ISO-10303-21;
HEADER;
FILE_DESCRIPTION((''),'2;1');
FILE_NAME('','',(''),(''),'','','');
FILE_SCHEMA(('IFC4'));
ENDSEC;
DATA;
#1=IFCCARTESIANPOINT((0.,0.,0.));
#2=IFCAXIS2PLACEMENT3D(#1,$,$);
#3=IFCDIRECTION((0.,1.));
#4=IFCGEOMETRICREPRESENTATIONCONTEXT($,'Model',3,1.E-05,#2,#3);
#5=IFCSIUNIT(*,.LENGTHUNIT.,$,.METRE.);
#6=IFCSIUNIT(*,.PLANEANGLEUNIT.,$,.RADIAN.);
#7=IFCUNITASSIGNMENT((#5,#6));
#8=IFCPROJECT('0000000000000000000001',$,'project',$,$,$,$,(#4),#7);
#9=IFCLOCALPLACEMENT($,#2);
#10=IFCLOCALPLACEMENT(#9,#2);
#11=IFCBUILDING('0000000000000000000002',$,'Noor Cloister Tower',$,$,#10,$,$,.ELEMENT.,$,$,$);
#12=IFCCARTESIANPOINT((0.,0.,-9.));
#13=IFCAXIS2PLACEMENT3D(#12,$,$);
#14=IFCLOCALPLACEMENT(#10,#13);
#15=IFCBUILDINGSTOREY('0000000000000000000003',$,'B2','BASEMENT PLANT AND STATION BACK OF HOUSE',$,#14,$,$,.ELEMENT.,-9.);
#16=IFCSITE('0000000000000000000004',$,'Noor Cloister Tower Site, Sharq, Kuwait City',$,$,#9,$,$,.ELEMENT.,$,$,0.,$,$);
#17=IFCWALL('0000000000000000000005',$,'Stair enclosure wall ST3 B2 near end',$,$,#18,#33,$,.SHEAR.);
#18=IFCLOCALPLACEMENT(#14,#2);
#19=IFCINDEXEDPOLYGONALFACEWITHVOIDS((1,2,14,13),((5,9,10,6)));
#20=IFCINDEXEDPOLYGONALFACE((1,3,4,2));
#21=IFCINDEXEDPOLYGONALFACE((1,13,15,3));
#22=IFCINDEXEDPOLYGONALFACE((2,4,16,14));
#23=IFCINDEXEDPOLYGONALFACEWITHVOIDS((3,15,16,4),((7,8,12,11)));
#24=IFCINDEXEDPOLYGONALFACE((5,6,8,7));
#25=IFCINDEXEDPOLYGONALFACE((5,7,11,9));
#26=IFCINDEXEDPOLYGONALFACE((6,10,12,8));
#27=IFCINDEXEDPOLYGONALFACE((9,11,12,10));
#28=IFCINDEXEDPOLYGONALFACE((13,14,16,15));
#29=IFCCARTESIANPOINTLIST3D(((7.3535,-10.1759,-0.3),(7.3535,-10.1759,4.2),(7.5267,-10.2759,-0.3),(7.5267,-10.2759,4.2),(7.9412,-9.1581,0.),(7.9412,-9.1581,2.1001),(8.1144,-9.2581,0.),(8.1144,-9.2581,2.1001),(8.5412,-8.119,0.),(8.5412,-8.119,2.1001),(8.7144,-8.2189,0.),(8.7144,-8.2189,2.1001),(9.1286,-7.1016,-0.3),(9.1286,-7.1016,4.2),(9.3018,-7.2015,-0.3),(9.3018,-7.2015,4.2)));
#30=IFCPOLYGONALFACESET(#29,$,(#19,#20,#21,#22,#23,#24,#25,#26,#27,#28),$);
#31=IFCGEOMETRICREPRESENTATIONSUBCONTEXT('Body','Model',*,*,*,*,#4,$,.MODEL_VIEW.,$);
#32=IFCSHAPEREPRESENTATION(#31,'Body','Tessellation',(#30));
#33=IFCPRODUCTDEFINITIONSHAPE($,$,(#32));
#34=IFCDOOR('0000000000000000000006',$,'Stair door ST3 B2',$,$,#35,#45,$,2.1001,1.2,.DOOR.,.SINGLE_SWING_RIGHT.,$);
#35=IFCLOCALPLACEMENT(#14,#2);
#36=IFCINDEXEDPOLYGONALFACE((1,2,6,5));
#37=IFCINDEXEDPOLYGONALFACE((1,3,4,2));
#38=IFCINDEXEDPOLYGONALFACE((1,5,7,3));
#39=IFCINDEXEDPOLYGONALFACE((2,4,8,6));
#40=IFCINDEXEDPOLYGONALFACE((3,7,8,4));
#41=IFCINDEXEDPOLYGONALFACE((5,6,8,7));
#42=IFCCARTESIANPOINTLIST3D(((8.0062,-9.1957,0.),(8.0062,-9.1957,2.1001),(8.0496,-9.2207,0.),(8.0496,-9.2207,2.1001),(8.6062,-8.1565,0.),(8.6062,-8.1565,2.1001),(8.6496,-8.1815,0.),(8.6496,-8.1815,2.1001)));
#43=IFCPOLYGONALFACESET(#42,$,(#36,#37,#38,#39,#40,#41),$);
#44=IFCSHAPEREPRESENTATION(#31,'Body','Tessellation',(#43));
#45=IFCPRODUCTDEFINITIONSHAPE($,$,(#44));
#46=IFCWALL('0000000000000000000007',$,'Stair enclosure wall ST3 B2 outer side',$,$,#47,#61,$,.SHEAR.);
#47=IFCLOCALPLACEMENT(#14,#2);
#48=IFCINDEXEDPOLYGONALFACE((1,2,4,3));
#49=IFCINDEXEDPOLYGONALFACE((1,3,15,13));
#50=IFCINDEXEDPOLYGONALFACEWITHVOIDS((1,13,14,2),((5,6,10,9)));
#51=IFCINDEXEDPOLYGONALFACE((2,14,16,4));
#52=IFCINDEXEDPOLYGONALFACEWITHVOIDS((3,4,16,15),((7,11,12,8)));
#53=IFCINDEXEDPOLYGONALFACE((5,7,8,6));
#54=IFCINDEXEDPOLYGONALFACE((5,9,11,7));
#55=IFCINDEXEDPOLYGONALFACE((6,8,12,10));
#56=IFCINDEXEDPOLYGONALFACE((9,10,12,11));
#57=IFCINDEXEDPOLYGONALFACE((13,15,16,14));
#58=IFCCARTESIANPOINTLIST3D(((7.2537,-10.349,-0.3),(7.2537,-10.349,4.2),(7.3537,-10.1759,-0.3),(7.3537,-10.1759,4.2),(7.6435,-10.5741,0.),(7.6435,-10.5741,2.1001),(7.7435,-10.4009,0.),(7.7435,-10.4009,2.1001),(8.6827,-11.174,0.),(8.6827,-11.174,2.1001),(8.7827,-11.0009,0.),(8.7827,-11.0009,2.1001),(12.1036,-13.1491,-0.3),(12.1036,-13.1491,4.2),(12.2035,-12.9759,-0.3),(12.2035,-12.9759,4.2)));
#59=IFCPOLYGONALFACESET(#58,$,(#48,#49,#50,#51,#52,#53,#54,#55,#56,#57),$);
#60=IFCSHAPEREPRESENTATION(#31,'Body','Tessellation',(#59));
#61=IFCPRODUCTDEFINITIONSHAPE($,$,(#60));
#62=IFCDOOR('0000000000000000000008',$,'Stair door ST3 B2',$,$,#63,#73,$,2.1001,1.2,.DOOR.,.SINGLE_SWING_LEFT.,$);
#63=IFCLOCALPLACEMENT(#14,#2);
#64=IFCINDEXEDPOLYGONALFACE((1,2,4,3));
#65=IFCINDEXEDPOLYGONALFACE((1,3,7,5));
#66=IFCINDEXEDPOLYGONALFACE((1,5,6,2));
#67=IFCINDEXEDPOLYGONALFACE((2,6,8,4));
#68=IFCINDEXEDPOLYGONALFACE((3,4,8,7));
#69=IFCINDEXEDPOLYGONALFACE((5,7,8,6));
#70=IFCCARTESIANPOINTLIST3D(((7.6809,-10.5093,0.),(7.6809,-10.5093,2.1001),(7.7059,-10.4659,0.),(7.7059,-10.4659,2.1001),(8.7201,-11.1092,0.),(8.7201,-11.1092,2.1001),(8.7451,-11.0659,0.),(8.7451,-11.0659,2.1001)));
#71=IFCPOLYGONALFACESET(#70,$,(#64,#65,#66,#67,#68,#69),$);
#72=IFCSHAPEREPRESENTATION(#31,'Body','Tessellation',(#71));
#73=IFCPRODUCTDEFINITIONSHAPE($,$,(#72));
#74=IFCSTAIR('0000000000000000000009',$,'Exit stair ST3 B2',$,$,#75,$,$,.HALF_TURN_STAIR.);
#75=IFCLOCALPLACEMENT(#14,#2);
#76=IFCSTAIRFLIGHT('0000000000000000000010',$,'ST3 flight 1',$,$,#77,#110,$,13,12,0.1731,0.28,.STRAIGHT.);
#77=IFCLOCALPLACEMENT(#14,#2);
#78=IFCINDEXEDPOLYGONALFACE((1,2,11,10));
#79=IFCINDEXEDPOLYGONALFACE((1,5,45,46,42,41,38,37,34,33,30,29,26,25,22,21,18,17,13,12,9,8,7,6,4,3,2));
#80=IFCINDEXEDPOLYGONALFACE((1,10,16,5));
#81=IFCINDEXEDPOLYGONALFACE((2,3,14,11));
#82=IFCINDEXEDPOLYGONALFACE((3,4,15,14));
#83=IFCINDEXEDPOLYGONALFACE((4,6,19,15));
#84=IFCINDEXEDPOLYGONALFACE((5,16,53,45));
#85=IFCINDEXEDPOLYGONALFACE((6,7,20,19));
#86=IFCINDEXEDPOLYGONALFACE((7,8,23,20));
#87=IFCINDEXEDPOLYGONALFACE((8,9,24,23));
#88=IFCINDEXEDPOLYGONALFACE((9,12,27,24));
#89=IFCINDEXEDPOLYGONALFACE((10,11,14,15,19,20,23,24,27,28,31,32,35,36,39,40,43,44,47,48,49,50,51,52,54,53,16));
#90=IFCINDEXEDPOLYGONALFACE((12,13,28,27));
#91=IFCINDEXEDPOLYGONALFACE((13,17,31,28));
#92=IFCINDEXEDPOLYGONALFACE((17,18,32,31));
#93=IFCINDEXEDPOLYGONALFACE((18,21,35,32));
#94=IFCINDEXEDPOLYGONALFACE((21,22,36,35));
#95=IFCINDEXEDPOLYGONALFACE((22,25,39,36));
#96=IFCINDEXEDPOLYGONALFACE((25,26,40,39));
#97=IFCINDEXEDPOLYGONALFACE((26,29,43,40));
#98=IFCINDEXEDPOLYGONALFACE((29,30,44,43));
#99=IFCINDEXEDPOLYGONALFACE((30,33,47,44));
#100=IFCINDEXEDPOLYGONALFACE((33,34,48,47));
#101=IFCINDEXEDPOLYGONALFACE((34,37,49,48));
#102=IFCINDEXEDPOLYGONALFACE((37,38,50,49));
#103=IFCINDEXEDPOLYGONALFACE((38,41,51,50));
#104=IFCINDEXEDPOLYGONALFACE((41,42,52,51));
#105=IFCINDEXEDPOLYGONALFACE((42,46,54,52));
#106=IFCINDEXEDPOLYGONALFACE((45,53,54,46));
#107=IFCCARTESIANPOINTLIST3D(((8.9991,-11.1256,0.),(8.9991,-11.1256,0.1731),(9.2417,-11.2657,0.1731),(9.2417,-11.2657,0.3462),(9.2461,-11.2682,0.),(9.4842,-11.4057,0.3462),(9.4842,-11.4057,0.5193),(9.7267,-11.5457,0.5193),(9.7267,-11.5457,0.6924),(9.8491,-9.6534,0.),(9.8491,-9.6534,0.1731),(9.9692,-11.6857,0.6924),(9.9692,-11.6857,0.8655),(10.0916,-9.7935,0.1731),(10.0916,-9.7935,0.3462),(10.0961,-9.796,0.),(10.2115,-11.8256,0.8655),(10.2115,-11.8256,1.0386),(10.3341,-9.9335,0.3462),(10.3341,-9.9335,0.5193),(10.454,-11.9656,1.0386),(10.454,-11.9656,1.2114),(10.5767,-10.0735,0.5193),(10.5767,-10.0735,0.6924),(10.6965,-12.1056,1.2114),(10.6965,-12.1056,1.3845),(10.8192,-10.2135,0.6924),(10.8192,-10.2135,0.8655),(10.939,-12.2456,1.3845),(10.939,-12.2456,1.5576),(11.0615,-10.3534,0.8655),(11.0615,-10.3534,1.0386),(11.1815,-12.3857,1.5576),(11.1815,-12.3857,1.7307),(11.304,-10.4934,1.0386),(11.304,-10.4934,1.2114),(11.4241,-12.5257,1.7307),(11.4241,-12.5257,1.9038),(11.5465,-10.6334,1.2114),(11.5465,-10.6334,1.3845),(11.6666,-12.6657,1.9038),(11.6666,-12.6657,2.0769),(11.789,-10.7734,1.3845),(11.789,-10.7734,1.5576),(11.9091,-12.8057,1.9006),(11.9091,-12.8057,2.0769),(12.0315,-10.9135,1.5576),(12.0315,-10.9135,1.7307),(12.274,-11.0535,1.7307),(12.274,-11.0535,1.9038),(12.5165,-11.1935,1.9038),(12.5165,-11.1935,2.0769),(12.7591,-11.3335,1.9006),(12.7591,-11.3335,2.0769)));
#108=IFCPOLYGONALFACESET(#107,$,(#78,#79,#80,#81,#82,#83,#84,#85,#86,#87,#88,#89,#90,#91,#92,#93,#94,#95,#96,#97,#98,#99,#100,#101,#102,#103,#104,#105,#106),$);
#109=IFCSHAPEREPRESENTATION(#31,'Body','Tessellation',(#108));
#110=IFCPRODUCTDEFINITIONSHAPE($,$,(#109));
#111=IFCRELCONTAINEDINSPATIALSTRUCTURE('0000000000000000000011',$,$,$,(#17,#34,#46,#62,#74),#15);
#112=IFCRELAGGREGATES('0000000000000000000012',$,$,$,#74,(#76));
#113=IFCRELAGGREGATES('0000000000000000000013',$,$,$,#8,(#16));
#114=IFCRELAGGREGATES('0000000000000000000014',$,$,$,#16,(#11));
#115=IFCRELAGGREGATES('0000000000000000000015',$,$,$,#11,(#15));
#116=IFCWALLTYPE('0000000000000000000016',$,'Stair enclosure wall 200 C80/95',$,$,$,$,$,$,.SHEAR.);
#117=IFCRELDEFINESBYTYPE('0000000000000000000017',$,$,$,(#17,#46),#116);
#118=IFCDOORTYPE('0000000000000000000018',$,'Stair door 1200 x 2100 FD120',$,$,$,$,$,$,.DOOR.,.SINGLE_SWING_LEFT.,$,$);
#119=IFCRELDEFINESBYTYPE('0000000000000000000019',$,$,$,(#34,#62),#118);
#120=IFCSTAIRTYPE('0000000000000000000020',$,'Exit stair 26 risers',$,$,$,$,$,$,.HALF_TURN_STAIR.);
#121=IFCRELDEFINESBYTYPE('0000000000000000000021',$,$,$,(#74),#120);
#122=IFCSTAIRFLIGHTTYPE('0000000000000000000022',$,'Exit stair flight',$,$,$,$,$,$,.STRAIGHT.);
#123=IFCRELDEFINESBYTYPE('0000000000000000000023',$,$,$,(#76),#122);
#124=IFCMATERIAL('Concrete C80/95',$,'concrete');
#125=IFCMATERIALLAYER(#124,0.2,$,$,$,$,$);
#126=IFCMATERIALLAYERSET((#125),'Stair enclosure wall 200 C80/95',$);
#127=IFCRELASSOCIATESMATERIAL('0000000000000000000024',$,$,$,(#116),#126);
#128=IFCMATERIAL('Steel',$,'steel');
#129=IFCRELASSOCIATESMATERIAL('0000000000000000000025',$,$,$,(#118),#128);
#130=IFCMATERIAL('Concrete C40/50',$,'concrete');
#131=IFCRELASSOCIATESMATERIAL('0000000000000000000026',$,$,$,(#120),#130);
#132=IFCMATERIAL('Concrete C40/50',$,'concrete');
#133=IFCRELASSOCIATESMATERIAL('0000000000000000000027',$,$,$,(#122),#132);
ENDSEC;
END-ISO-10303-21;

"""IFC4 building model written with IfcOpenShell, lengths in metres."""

from ifc_helpers import new_model, si_unit, direction, frame, frame_2d, origin, place, context, subcontext, project, spatial, polyline, rectangle, outline, extrude, material, layer, layer_set, type_object, element, fill, aggregate, save


model = new_model("IFC4")

# Units and contexts
model_context = context("Model", 3, precision=1e-05, world=origin(), true_north=direction((0.0, 1.0)))
body_context = subcontext(model_context, "Body", "Model", "MODEL_VIEW")
ifc_project = project(units=[si_unit("LENGTHUNIT", "METRE"), si_unit("PLANEANGLEUNIT", "RADIAN")], contexts=[model_context])

# Site, building, storey
site_placement = place(None, origin())
site = spatial("IfcSite", under=ifc_project, at=site_placement, Name="Noor Cloister Tower Site, Sharq, Kuwait City", CompositionType="ELEMENT", RefElevation=0.0)
building_placement = place(site_placement, origin())
building = spatial("IfcBuilding", under=site, at=building_placement, Name="Noor Cloister Tower", CompositionType="ELEMENT")
storey_placement = place(building_placement, frame((0.0, 0.0, -9.0)))
storey = spatial("IfcBuildingStorey", under=building, at=storey_placement, Name="B2", Description="BASEMENT PLANT AND STATION BACK OF HOUSE", CompositionType="ELEMENT", Elevation=-9.0)

# Walls, openings, doors
ifc_material_1 = material(Name="Concrete C80/95", Category="concrete")
ifc_layer_1 = layer(ifc_material_1, 0.2)
ifc_layer_set_1 = layer_set([ifc_layer_1], Name="Stair enclosure wall 200 C80/95")
wall_type_1 = type_object("IfcWallType", Name="Stair enclosure wall 200 C80/95", PredefinedType="SHEAR", material=ifc_layer_set_1)
wall_1_placement = place(storey_placement, frame((7.4402, -10.2258, -0.3), z_axis=(0.0, 0.0, 1.0), x_axis=(0.500022, 0.866013, 0.0)))
wall_1 = element("IfcWall", 1, at=wall_1_placement, inside=storey, type_object=wall_type_1, Name="Stair enclosure wall ST3 B2 near end", PredefinedType="SHEAR", context=body_context, shape_type="SweptSolid", body=[
    extrude(rectangle(XDim=3.55, YDim=0.2, at=frame_2d((1.7749, 0.0))), origin(), (0.0, 0.0, 1.0), 4.5),
])
opening_1_placement = place(wall_1_placement, frame((1.175, 0.0, 0.3)))
opening_1 = element("IfcOpeningElement", 2, at=opening_1_placement, cuts=wall_1, PredefinedType="OPENING", context=body_context, shape_type="SweptSolid", body=[
    extrude(rectangle(XDim=1.2, YDim=2.1001, at=frame_2d((0.6001, 1.05))), frame((0.0, 0.1099, 0.0), z_axis=(0.0, -1.0, 0.0), x_axis=(1.0, 0.0, 0.0)), (0.0, 0.0, 1.0), 0.22),
])
ifc_material_2 = material(Name="Steel", Category="steel")
door_type_1 = type_object("IfcDoorType", Name="Stair door 1200 x 2100 FD120", OperationType="SINGLE_SWING_LEFT", PredefinedType="DOOR", material=ifc_material_2)
door_1_placement = place(opening_1_placement, origin())
door_1 = element("IfcDoor", 3, at=door_1_placement, inside=storey, type_object=door_type_1, Name="Stair door ST3 B2", OperationType="SINGLE_SWING_RIGHT", OverallHeight=2.1001, OverallWidth=1.2, PredefinedType="DOOR", context=body_context, shape_type="SweptSolid", body=[
    extrude(rectangle(XDim=1.2, YDim=2.1001, at=frame_2d((0.6001, 1.05))), frame((0.0, 0.0249, 0.0), z_axis=(0.0, -1.0, 0.0), x_axis=(1.0, 0.0, 0.0)), (0.0, 0.0, 1.0), 0.05),
])
fill(opening_1, door_1)
wall_2_placement = place(storey_placement, frame((7.3037, -10.2625, -0.3), z_axis=(0.0, 0.0, 1.0), x_axis=(0.866027, -0.499998, 0.0)))
wall_2 = element("IfcWall", 4, at=wall_2_placement, inside=storey, type_object=wall_type_1, Name="Stair enclosure wall ST3 B2 outer side", PredefinedType="SHEAR", context=body_context, shape_type="SweptSolid", body=[
    extrude(rectangle(XDim=5.6001, YDim=0.2, at=frame_2d((2.8, 0.0))), origin(), (0.0, 0.0, 1.0), 4.5),
])
opening_2_placement = place(wall_2_placement, frame((0.45, 0.0, 0.3)))
opening_2 = element("IfcOpeningElement", 5, at=opening_2_placement, cuts=wall_2, PredefinedType="OPENING", context=body_context, shape_type="SweptSolid", body=[
    extrude(rectangle(XDim=1.2, YDim=2.1001, at=frame_2d((0.6001, 1.05))), frame((0.0, 0.1099, 0.0), z_axis=(0.0, -1.0, 0.0), x_axis=(1.0, 0.0, 0.0)), (0.0, 0.0, 1.0), 0.22),
])
door_2_placement = place(opening_2_placement, origin())
door_2 = element("IfcDoor", 6, at=door_2_placement, inside=storey, type_object=door_type_1, Name="Stair door ST3 B2", OperationType="SINGLE_SWING_LEFT", OverallHeight=2.1001, OverallWidth=1.2, PredefinedType="DOOR", context=body_context, shape_type="SweptSolid", body=[
    extrude(rectangle(XDim=1.2, YDim=2.1001, at=frame_2d((0.6001, 1.05))), frame((0.0, 0.0249, 0.0), z_axis=(0.0, -1.0, 0.0), x_axis=(1.0, 0.0, 0.0)), (0.0, 0.0, 1.0), 0.05),
])
fill(opening_2, door_2)

# Stair, stair flight
ifc_material_3 = material(Name="Concrete C40/50", Category="concrete")
stair_type = type_object("IfcStairType", Name="Exit stair 26 risers", PredefinedType="HALF_TURN_STAIR", material=ifc_material_3)
stair_placement = place(storey_placement, origin())
stair = element("IfcStair", 7, at=stair_placement, inside=storey, type_object=stair_type, Name="Exit stair ST3 B2", PredefinedType="HALF_TURN_STAIR")
ifc_material_4 = material(Name="Concrete C40/50", Category="concrete")
stair_flight_type = type_object("IfcStairFlightType", Name="Exit stair flight", PredefinedType="STRAIGHT", material=ifc_material_4)
stair_flight_placement = place(storey_placement, frame((9.4241, -10.3896, 0.0), z_axis=(0.0, 0.0, 1.0), x_axis=(0.866025, -0.5, 0.0)))
stair_flight = element("IfcStairFlight", 8, at=stair_flight_placement, type_object=stair_flight_type, Name="ST3 flight 1", NumberOfRisers=13, NumberOfTreads=12, PredefinedType="STRAIGHT", RiserHeight=0.1731, TreadLength=0.28, context=body_context, shape_type="SweptSolid", body=[
    extrude(outline(polyline([(0.0, 0.0), (0.0, 0.1731), (0.28, 0.1731), (0.28, 0.3462), (0.5601, 0.3462), (0.5601, 0.5193), (0.8401, 0.5193), (0.8401, 0.6924), (1.1201, 0.6924), (1.1201, 0.8655), (1.3999, 0.8655), (1.3999, 1.0386), (1.6799, 1.0386), (1.6799, 1.2114), (1.96, 1.2114), (1.96, 1.3845), (2.24, 1.3845), (2.24, 1.5576), (2.52, 1.5576), (2.52, 1.7307), (2.8, 1.7307), (2.8, 1.9038), (3.0801, 1.9038), (3.0801, 2.0769), (3.3601, 2.0769), (3.3601, 2.25), (3.3601, 1.9006), (0.2852, 0.0), (0.0, 0.0)])), frame((0.0, 0.8501, 0.0), z_axis=(0.0, -1.0, 0.0), x_axis=(1.0, 0.0, 0.0)), (0.0, 0.0, 1.0), 1.7),
])
aggregate(stair, [stair_flight])

save(model, "model.ifc")
